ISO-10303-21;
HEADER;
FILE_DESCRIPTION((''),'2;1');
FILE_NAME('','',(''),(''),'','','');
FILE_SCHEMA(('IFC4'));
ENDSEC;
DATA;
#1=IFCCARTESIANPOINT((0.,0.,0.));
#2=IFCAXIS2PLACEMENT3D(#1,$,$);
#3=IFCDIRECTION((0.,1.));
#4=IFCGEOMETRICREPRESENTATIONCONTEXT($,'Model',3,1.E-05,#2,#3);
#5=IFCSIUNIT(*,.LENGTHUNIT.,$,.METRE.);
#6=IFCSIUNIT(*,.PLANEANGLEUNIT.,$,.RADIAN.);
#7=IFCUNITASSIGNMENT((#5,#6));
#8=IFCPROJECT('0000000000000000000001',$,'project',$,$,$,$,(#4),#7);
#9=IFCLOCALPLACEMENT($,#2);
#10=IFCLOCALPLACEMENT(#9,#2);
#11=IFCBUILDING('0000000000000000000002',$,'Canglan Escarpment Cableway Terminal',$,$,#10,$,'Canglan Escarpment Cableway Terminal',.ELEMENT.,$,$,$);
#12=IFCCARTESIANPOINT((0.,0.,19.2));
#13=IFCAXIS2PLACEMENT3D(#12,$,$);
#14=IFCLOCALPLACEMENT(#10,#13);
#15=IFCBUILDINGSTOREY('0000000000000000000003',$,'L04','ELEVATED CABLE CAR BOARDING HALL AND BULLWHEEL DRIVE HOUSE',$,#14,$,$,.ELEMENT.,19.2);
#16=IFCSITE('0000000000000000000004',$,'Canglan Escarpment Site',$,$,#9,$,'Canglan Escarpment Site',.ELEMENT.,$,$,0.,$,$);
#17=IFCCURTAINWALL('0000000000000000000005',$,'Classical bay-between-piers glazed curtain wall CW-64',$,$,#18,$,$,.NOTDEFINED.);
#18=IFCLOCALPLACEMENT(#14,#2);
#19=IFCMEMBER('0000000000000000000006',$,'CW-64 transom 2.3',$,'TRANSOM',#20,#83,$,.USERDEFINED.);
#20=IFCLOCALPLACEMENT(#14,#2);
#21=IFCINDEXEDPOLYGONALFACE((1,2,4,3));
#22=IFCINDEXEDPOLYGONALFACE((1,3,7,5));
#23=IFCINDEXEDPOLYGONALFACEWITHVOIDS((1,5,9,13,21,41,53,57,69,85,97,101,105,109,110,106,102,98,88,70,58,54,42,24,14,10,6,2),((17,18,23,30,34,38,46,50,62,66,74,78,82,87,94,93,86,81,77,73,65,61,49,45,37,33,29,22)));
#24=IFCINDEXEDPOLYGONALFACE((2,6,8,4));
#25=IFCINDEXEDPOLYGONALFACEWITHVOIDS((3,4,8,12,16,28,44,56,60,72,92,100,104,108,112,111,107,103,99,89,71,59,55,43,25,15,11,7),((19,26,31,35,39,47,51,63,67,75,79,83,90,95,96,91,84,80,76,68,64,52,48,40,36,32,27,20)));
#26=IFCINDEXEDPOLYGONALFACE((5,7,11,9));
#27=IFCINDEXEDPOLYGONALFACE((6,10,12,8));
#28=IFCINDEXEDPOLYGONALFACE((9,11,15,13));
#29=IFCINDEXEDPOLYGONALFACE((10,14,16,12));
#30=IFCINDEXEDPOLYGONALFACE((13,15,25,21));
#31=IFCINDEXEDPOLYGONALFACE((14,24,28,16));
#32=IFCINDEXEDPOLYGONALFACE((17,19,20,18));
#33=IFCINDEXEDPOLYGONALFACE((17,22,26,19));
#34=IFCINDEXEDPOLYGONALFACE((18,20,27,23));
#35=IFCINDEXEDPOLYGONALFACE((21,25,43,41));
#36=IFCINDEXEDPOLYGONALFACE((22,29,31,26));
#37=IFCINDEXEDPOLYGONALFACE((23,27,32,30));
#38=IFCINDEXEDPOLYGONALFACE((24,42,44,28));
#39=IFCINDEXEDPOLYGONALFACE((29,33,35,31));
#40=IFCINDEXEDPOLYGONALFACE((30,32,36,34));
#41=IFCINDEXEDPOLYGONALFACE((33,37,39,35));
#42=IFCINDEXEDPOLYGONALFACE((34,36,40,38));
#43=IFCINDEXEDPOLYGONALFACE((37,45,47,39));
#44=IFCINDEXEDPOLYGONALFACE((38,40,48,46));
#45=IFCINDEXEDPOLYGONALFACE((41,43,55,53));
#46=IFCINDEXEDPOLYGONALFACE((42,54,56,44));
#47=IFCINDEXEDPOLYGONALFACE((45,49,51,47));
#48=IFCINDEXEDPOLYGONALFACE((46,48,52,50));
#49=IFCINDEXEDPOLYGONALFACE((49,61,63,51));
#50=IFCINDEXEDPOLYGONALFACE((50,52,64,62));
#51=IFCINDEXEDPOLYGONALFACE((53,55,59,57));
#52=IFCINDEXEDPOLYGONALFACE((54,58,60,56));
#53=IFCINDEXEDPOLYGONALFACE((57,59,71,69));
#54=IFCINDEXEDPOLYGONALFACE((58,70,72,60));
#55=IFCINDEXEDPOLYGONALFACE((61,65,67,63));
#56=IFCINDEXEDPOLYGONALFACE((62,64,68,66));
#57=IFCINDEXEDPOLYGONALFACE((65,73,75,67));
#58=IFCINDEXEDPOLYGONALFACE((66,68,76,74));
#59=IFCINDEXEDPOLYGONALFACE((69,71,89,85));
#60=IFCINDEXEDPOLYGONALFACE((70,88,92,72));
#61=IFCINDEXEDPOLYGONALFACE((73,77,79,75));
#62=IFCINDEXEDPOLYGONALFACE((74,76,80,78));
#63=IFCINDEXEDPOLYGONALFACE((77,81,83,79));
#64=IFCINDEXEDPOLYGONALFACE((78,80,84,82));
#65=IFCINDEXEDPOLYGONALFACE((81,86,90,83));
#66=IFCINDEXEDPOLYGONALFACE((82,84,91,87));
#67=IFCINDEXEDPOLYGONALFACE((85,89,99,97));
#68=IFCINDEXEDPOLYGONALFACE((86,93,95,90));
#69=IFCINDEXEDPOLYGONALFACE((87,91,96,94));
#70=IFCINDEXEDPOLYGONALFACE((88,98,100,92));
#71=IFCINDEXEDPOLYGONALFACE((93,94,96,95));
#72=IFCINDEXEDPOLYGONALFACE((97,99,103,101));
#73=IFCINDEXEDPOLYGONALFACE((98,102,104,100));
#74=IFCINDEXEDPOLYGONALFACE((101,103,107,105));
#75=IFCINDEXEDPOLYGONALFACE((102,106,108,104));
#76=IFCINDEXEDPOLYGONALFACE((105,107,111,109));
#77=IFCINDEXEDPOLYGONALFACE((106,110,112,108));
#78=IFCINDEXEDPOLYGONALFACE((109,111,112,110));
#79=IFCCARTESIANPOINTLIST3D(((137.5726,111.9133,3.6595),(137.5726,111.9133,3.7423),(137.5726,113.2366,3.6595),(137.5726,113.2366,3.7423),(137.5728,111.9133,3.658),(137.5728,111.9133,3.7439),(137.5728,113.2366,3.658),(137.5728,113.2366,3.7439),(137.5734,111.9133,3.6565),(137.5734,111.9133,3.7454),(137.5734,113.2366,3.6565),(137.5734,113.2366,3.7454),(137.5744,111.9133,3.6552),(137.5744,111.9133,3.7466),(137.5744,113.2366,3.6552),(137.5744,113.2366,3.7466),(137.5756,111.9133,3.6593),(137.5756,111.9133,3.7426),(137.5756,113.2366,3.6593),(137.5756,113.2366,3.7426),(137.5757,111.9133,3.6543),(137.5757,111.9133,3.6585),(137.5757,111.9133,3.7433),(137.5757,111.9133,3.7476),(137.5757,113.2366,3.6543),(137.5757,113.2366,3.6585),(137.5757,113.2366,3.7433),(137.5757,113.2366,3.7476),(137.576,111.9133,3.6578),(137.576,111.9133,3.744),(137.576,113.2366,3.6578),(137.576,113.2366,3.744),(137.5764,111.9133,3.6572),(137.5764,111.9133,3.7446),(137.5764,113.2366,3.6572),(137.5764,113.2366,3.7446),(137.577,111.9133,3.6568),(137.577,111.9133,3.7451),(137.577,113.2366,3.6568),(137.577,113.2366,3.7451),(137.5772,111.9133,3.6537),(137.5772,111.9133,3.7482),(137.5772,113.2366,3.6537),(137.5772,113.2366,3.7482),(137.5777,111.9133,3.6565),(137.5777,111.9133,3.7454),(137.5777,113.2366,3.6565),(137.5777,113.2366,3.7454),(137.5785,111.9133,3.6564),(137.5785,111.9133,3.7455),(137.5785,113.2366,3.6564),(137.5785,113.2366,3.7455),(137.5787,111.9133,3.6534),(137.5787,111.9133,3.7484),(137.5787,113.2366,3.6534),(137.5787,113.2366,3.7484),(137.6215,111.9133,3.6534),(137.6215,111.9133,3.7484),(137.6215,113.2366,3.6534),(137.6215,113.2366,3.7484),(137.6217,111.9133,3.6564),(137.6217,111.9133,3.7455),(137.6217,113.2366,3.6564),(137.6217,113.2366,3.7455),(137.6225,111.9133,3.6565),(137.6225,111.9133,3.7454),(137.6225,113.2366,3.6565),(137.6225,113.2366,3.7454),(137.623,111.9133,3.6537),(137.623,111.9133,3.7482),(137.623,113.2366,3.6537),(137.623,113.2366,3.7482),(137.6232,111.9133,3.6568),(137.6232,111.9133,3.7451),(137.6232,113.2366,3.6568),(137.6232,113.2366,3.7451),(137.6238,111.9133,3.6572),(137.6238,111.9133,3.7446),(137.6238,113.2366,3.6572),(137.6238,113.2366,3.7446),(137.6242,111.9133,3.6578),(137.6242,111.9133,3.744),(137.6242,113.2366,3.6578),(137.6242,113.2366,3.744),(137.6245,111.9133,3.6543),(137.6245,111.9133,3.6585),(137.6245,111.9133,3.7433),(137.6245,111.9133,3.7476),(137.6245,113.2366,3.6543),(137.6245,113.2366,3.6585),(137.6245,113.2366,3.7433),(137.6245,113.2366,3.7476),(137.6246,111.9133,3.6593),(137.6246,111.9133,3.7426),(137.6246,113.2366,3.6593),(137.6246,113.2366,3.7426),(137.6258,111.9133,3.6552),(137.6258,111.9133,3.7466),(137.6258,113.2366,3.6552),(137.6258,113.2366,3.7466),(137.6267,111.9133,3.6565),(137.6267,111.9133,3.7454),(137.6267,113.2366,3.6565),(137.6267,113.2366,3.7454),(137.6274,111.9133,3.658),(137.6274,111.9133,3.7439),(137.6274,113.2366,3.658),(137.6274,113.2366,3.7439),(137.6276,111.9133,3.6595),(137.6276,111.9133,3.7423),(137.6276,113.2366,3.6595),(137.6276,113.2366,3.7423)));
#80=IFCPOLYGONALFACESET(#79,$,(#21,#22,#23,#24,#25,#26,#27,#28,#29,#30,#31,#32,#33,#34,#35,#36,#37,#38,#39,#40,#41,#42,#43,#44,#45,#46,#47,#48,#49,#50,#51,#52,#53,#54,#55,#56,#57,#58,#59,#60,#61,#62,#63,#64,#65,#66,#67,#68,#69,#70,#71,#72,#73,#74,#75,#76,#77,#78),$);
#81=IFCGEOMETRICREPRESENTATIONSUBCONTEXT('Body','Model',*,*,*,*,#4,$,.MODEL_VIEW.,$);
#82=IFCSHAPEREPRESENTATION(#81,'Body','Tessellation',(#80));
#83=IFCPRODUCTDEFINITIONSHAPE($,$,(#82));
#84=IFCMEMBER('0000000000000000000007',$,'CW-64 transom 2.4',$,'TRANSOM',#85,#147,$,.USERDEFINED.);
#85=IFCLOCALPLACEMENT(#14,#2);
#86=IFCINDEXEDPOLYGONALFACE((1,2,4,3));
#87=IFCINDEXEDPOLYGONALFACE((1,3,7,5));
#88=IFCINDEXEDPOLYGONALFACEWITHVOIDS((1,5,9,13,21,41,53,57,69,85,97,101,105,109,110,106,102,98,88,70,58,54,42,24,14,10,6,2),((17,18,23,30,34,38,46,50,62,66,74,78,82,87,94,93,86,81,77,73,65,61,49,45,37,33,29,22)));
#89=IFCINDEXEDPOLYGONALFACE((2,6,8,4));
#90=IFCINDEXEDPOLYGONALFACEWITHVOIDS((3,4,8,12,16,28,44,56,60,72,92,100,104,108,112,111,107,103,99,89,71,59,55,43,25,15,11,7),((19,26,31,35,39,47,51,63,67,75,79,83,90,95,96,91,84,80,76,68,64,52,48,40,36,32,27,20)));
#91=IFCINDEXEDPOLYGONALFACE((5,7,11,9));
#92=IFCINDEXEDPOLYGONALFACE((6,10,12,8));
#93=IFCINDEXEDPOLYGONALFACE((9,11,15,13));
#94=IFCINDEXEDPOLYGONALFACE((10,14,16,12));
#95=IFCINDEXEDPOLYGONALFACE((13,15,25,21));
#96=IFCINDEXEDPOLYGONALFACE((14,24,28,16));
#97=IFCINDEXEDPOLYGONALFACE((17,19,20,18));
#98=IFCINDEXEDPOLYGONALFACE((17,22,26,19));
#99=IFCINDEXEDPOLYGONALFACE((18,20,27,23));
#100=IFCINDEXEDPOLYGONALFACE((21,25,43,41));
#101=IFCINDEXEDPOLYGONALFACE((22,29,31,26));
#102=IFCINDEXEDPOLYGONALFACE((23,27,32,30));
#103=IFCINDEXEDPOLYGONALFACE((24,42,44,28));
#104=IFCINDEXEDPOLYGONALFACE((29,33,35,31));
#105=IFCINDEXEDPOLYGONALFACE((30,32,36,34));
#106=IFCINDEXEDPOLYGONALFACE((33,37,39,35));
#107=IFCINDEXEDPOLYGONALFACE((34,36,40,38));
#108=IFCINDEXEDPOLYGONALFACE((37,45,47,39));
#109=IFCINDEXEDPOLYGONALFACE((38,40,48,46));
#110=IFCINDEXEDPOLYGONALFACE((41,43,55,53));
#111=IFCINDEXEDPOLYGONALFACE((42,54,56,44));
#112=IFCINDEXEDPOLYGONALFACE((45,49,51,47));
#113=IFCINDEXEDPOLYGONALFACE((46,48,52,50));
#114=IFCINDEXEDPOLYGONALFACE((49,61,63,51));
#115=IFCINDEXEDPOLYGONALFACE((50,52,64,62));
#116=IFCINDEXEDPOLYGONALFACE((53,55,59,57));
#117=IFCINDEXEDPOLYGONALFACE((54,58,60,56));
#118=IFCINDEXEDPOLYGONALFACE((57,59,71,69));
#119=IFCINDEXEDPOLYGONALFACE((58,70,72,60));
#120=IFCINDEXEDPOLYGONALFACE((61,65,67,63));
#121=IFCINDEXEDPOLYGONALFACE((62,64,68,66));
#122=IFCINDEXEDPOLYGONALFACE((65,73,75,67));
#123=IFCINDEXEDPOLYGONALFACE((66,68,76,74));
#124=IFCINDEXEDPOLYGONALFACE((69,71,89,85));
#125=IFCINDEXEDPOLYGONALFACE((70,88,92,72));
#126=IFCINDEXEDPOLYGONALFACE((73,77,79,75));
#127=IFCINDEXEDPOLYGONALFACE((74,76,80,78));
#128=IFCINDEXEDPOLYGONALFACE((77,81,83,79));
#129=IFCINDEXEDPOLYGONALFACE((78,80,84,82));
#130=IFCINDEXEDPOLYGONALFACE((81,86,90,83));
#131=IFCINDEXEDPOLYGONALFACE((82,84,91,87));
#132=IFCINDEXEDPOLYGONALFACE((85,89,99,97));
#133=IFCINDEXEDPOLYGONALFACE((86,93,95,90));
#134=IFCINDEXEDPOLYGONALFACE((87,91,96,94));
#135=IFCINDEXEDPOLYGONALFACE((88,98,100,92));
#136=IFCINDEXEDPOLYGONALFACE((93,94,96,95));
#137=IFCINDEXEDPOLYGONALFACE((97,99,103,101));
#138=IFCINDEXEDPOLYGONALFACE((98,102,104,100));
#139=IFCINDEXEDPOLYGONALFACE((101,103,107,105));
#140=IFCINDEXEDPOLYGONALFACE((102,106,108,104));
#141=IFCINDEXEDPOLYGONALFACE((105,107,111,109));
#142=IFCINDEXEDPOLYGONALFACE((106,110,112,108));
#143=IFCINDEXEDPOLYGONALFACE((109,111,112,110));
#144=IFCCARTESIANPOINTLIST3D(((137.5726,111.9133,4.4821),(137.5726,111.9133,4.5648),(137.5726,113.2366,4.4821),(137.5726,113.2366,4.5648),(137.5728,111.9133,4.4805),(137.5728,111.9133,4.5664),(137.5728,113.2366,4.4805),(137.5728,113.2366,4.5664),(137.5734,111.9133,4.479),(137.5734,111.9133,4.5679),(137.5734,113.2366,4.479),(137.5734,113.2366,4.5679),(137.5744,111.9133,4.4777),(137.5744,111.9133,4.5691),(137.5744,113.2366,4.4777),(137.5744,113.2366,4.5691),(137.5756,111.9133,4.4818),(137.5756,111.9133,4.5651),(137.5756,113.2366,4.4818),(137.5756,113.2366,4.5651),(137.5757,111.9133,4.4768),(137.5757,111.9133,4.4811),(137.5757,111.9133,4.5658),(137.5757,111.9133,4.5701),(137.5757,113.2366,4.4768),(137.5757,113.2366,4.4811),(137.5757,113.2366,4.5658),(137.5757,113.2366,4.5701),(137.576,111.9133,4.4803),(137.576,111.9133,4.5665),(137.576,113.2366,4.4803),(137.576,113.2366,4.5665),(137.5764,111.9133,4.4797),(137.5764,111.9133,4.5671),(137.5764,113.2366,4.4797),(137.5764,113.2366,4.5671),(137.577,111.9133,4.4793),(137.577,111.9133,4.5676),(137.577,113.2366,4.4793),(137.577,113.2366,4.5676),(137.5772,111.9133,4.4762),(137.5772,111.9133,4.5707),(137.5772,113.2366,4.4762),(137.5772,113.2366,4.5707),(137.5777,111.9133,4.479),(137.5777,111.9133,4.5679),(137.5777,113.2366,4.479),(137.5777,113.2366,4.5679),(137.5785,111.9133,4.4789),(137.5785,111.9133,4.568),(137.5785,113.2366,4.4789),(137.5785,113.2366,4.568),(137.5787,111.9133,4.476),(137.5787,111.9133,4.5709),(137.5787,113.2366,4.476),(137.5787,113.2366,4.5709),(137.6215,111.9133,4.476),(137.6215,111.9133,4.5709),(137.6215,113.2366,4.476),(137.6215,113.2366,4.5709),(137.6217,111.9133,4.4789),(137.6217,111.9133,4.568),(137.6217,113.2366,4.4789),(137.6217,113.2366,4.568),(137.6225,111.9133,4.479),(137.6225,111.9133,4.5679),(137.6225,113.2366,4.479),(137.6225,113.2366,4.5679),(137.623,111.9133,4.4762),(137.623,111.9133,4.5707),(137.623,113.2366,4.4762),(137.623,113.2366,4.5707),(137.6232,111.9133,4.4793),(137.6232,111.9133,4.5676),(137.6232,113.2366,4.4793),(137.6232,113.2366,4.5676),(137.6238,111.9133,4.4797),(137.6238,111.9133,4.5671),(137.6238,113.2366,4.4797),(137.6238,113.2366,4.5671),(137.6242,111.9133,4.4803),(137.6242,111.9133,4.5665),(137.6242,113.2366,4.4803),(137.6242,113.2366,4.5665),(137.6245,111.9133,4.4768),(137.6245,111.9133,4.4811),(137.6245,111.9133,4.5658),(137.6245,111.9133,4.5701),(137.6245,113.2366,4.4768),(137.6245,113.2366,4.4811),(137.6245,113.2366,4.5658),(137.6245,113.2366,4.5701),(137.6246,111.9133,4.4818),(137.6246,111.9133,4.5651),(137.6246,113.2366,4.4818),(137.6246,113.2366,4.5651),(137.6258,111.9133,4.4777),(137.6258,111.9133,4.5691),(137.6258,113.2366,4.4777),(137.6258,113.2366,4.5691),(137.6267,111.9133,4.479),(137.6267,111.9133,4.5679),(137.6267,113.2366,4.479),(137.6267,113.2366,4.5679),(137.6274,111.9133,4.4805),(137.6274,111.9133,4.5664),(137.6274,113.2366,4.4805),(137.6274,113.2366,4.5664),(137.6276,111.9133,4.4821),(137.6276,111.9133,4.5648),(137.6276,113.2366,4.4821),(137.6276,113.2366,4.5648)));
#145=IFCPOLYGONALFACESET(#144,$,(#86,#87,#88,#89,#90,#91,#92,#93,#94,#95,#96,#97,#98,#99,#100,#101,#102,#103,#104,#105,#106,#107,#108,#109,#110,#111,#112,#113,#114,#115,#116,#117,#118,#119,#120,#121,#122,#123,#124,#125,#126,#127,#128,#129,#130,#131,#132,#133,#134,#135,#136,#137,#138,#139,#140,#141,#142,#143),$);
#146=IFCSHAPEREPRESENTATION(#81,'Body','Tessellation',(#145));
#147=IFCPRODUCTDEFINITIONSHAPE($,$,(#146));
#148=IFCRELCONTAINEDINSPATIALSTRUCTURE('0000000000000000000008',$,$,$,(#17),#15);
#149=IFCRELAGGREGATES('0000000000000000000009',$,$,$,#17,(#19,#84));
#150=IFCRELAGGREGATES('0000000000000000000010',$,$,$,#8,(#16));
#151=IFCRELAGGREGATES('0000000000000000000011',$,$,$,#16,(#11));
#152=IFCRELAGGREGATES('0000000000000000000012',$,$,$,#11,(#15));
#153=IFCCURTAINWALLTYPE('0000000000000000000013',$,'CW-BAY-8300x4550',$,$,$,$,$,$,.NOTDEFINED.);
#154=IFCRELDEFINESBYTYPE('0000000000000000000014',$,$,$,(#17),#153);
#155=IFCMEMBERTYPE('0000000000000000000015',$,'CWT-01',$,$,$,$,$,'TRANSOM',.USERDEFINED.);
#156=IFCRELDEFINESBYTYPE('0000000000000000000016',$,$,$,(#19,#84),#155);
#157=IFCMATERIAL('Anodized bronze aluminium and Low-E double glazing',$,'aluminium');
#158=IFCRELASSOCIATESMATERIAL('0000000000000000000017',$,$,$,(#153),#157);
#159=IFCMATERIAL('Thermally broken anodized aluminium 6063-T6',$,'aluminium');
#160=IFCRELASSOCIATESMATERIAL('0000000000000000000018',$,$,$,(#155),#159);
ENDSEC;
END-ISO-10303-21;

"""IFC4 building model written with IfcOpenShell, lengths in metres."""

from ifc_helpers import new_model, si_unit, direction, frame, origin, origin_2d, place, context, subcontext, project, spatial, hollow_rectangle, extrude, material, material_profile, profile_set, type_object, element, aggregate, save


model = new_model("IFC4")

# Units and contexts
model_context = context("Model", 3, precision=1e-05, world=origin(), true_north=direction((0.0, 1.0)))
body_context = subcontext(model_context, "Body", "Model", "MODEL_VIEW")
ifc_project = project(units=[si_unit("LENGTHUNIT", "METRE"), si_unit("PLANEANGLEUNIT", "RADIAN")], contexts=[model_context])

# Site, building, storey
site_placement = place(None, origin())
site = spatial("IfcSite", under=ifc_project, at=site_placement, Name="Canglan Escarpment Site", LongName="Canglan Escarpment Site", CompositionType="ELEMENT", RefElevation=0.0)
building_placement = place(site_placement, origin())
building = spatial("IfcBuilding", under=site, at=building_placement, Name="Canglan Escarpment Cableway Terminal", LongName="Canglan Escarpment Cableway Terminal", CompositionType="ELEMENT")
storey_placement = place(building_placement, frame((0.0, 0.0, 19.2)))
storey = spatial("IfcBuildingStorey", under=building, at=storey_placement, Name="L04", Description="ELEVATED CABLE CAR BOARDING HALL AND BULLWHEEL DRIVE HOUSE", CompositionType="ELEMENT", Elevation=19.2)

# Curtain wall
ifc_material_1 = material(Name="Anodized bronze aluminium and Low-E double glazing", Category="aluminium")
curtain_wall_type_1 = type_object("IfcCurtainWallType", Name="CW-BAY-8300x4550", PredefinedType="NOTDEFINED", material=ifc_material_1)
curtain_wall_1_placement = place(storey_placement, origin())
curtain_wall_1 = element("IfcCurtainWall", 1, at=curtain_wall_1_placement, inside=storey, type_object=curtain_wall_type_1, Name="Classical bay-between-piers glazed curtain wall CW-64", PredefinedType="NOTDEFINED")
ifc_material_2 = material(Name="Thermally broken anodized aluminium 6063-T6", Category="aluminium")

# Members
ifc_material_profile_1 = material_profile(ifc_material_2, hollow_rectangle(XDim=0.0549, YDim=0.095, WallThickness=0.0029, InnerFilletRadius=0.0029, OuterFilletRadius=0.0061, at=origin_2d()), Name="ALU-TRAN 55x95x3")
ifc_profile_set_1 = profile_set([ifc_material_profile_1], Name="Thermally broken anodized aluminium 6063-T6")
member_type_1 = type_object("IfcMemberType", Name="CWT-01", ElementType="TRANSOM", PredefinedType="USERDEFINED", material=ifc_profile_set_1)
member_1_placement = place(storey_placement, frame((137.6001, 113.2366, 3.7009), z_axis=(0.0, -1.0, 0.0), x_axis=(1.0, 0.0, 0.0)))
member_1 = element("IfcMember", 2, at=member_1_placement, type_object=member_type_1, Name="CW-64 transom 2.3", ObjectType="TRANSOM", PredefinedType="USERDEFINED", context=body_context, shape_type="SweptSolid", body=[
    extrude(hollow_rectangle(XDim=0.0549, YDim=0.095, WallThickness=0.0029, InnerFilletRadius=0.0029, OuterFilletRadius=0.0061, at=origin_2d()), origin(), (0.0, 0.0, 1.0), 1.3232),
])
member_2_placement = place(storey_placement, frame((137.6001, 113.2366, 4.5234), z_axis=(0.0, -1.0, 0.0), x_axis=(1.0, 0.0, 0.0)))
member_2 = element("IfcMember", 3, at=member_2_placement, type_object=member_type_1, Name="CW-64 transom 2.4", ObjectType="TRANSOM", PredefinedType="USERDEFINED", context=body_context, shape_type="SweptSolid", body=[
    extrude(hollow_rectangle(XDim=0.0549, YDim=0.095, WallThickness=0.0029, InnerFilletRadius=0.0029, OuterFilletRadius=0.0061, at=origin_2d()), origin(), (0.0, 0.0, 1.0), 1.3232),
])

aggregate(curtain_wall_1, [member_1, member_2])

save(model, "model.ifc")
